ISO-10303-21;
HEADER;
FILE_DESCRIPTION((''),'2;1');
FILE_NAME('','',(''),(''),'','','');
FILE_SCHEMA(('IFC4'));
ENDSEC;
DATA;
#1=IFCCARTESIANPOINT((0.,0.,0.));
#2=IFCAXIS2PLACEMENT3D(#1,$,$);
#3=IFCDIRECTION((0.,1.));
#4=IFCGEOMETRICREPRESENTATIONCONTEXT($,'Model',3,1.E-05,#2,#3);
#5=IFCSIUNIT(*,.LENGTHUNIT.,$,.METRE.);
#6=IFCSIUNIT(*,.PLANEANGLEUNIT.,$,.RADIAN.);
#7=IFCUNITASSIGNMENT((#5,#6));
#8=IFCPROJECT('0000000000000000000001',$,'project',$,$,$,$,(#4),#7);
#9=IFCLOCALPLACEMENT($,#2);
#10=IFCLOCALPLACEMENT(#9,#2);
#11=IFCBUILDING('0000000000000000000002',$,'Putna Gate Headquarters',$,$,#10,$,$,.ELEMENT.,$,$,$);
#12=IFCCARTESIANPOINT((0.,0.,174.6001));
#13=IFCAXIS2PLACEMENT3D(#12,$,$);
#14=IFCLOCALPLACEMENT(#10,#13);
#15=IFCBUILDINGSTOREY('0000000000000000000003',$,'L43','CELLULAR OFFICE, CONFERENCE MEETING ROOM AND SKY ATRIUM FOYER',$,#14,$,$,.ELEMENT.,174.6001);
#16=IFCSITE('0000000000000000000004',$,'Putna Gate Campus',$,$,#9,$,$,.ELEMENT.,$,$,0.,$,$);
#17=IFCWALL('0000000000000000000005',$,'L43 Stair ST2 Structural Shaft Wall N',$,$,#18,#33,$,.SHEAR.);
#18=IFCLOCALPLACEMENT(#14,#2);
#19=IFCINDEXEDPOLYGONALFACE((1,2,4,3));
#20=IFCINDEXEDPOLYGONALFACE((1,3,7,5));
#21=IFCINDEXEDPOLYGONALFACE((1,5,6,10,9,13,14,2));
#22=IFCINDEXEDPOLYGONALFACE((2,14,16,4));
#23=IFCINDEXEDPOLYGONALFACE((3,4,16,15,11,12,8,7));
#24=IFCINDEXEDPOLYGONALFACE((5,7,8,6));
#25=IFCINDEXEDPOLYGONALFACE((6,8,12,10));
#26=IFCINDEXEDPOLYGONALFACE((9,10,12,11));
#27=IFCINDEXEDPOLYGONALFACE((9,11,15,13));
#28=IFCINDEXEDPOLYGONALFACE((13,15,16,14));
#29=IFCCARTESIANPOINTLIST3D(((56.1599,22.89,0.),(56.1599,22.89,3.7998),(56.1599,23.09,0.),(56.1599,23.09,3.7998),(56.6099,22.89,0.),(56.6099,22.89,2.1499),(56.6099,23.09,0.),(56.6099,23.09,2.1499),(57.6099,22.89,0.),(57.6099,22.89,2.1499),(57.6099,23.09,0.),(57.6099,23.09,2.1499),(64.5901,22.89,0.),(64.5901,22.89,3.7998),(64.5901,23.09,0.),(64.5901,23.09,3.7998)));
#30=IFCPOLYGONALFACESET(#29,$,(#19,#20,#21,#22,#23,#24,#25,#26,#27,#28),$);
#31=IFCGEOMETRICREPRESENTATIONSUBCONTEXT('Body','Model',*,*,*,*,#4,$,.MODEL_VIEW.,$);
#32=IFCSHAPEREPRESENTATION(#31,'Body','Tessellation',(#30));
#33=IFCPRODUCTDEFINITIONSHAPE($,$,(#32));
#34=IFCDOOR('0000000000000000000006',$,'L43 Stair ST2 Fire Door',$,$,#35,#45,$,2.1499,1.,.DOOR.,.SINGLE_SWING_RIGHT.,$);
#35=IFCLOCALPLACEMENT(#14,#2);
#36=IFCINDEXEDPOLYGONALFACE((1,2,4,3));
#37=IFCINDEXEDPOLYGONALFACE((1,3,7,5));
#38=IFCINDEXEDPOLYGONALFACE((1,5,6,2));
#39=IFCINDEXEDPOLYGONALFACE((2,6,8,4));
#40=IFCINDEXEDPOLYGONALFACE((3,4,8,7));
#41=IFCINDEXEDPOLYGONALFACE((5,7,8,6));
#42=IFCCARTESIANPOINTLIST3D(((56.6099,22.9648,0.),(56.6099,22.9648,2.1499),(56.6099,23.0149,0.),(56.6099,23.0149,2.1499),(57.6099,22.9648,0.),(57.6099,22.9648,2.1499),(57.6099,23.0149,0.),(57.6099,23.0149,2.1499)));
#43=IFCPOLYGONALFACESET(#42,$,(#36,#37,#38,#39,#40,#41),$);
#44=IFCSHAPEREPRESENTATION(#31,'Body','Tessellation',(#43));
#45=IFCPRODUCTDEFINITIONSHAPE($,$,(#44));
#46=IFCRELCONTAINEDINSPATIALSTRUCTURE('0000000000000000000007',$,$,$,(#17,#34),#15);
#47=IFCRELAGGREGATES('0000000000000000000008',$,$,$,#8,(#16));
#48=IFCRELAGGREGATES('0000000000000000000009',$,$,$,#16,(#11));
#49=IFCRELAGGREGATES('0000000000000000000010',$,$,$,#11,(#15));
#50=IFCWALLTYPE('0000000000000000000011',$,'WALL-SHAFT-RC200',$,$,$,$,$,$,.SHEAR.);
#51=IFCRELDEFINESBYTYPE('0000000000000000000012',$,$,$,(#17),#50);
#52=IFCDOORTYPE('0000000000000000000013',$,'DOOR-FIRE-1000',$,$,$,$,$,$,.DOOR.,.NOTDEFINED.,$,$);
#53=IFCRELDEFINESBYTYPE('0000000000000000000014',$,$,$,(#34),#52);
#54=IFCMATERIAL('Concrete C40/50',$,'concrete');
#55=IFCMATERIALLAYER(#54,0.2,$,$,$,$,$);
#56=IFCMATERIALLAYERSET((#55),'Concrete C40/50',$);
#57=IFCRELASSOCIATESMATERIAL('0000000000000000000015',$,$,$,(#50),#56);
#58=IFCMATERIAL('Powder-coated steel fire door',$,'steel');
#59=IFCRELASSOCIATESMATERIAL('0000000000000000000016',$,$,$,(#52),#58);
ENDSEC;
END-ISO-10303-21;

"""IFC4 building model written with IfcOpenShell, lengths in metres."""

from ifc_helpers import new_model, si_unit, direction, frame, frame_2d, origin, place, context, subcontext, project, spatial, rectangle, extrude, material, layer, layer_set, type_object, element, fill, save


model = new_model("IFC4")

# Units and contexts
model_context = context("Model", 3, precision=1e-05, world=origin(), true_north=direction((0.0, 1.0)))
body_context = subcontext(model_context, "Body", "Model", "MODEL_VIEW")
ifc_project = project(units=[si_unit("LENGTHUNIT", "METRE"), si_unit("PLANEANGLEUNIT", "RADIAN")], contexts=[model_context])

# Site, building, storey
site_placement = place(None, origin())
site = spatial("IfcSite", under=ifc_project, at=site_placement, Name="Putna Gate Campus", CompositionType="ELEMENT", RefElevation=0.0)
building_placement = place(site_placement, origin())
building = spatial("IfcBuilding", under=site, at=building_placement, Name="Putna Gate Headquarters", CompositionType="ELEMENT")
storey_placement = place(building_placement, frame((0.0, 0.0, 174.6001)))
storey = spatial("IfcBuildingStorey", under=building, at=storey_placement, Name="L43", Description="CELLULAR OFFICE, CONFERENCE MEETING ROOM AND SKY ATRIUM FOYER", CompositionType="ELEMENT", Elevation=174.6001)

# Wall, opening, door
ifc_material_1 = material(Name="Concrete C40/50", Category="concrete")
ifc_layer_1 = layer(ifc_material_1, 0.2)
ifc_layer_set_1 = layer_set([ifc_layer_1], Name="Concrete C40/50")
wall_type_1 = type_object("IfcWallType", Name="WALL-SHAFT-RC200", PredefinedType="SHEAR", material=ifc_layer_set_1)
wall_1_placement = place(storey_placement, frame((56.1599, 22.99, 0.0), z_axis=(0.0, 0.0, 1.0), x_axis=(1.0, 0.0, 0.0)))
wall_1 = element("IfcWall", 1, at=wall_1_placement, inside=storey, type_object=wall_type_1, Name="L43 Stair ST2 Structural Shaft Wall N", PredefinedType="SHEAR", context=body_context, shape_type="SweptSolid", body=[
    extrude(rectangle(XDim=8.4302, YDim=0.2, at=frame_2d((4.2151, 0.0))), origin(), (0.0, 0.0, 1.0), 3.7998),
])
opening_1_placement = place(wall_1_placement, frame((0.45, 0.0, 0.0)))
opening_1 = element("IfcOpeningElement", 2, at=opening_1_placement, cuts=wall_1, PredefinedType="OPENING", context=body_context, shape_type="SweptSolid", body=[
    extrude(rectangle(XDim=1.0, YDim=2.1499, at=frame_2d((0.5, 1.075))), frame((0.0, 0.1099, 0.0), z_axis=(0.0, -1.0, 0.0), x_axis=(1.0, 0.0, 0.0)), (0.0, 0.0, 1.0), 0.22),
])
ifc_material_2 = material(Name="Powder-coated steel fire door", Category="steel")
door_type_1 = type_object("IfcDoorType", Name="DOOR-FIRE-1000", OperationType="NOTDEFINED", PredefinedType="DOOR", material=ifc_material_2)
door_1_placement = place(opening_1_placement, origin())
door_1 = element("IfcDoor", 3, at=door_1_placement, inside=storey, type_object=door_type_1, Name="L43 Stair ST2 Fire Door", OperationType="SINGLE_SWING_RIGHT", OverallHeight=2.1499, OverallWidth=1.0, PredefinedType="DOOR", context=body_context, shape_type="SweptSolid", body=[
    extrude(rectangle(XDim=1.0, YDim=2.1499, at=frame_2d((0.5, 1.075))), frame((0.0, 0.0249, 0.0), z_axis=(0.0, -1.0, 0.0), x_axis=(1.0, 0.0, 0.0)), (0.0, 0.0, 1.0), 0.05),
])
fill(opening_1, door_1)

save(model, "model.ifc")
